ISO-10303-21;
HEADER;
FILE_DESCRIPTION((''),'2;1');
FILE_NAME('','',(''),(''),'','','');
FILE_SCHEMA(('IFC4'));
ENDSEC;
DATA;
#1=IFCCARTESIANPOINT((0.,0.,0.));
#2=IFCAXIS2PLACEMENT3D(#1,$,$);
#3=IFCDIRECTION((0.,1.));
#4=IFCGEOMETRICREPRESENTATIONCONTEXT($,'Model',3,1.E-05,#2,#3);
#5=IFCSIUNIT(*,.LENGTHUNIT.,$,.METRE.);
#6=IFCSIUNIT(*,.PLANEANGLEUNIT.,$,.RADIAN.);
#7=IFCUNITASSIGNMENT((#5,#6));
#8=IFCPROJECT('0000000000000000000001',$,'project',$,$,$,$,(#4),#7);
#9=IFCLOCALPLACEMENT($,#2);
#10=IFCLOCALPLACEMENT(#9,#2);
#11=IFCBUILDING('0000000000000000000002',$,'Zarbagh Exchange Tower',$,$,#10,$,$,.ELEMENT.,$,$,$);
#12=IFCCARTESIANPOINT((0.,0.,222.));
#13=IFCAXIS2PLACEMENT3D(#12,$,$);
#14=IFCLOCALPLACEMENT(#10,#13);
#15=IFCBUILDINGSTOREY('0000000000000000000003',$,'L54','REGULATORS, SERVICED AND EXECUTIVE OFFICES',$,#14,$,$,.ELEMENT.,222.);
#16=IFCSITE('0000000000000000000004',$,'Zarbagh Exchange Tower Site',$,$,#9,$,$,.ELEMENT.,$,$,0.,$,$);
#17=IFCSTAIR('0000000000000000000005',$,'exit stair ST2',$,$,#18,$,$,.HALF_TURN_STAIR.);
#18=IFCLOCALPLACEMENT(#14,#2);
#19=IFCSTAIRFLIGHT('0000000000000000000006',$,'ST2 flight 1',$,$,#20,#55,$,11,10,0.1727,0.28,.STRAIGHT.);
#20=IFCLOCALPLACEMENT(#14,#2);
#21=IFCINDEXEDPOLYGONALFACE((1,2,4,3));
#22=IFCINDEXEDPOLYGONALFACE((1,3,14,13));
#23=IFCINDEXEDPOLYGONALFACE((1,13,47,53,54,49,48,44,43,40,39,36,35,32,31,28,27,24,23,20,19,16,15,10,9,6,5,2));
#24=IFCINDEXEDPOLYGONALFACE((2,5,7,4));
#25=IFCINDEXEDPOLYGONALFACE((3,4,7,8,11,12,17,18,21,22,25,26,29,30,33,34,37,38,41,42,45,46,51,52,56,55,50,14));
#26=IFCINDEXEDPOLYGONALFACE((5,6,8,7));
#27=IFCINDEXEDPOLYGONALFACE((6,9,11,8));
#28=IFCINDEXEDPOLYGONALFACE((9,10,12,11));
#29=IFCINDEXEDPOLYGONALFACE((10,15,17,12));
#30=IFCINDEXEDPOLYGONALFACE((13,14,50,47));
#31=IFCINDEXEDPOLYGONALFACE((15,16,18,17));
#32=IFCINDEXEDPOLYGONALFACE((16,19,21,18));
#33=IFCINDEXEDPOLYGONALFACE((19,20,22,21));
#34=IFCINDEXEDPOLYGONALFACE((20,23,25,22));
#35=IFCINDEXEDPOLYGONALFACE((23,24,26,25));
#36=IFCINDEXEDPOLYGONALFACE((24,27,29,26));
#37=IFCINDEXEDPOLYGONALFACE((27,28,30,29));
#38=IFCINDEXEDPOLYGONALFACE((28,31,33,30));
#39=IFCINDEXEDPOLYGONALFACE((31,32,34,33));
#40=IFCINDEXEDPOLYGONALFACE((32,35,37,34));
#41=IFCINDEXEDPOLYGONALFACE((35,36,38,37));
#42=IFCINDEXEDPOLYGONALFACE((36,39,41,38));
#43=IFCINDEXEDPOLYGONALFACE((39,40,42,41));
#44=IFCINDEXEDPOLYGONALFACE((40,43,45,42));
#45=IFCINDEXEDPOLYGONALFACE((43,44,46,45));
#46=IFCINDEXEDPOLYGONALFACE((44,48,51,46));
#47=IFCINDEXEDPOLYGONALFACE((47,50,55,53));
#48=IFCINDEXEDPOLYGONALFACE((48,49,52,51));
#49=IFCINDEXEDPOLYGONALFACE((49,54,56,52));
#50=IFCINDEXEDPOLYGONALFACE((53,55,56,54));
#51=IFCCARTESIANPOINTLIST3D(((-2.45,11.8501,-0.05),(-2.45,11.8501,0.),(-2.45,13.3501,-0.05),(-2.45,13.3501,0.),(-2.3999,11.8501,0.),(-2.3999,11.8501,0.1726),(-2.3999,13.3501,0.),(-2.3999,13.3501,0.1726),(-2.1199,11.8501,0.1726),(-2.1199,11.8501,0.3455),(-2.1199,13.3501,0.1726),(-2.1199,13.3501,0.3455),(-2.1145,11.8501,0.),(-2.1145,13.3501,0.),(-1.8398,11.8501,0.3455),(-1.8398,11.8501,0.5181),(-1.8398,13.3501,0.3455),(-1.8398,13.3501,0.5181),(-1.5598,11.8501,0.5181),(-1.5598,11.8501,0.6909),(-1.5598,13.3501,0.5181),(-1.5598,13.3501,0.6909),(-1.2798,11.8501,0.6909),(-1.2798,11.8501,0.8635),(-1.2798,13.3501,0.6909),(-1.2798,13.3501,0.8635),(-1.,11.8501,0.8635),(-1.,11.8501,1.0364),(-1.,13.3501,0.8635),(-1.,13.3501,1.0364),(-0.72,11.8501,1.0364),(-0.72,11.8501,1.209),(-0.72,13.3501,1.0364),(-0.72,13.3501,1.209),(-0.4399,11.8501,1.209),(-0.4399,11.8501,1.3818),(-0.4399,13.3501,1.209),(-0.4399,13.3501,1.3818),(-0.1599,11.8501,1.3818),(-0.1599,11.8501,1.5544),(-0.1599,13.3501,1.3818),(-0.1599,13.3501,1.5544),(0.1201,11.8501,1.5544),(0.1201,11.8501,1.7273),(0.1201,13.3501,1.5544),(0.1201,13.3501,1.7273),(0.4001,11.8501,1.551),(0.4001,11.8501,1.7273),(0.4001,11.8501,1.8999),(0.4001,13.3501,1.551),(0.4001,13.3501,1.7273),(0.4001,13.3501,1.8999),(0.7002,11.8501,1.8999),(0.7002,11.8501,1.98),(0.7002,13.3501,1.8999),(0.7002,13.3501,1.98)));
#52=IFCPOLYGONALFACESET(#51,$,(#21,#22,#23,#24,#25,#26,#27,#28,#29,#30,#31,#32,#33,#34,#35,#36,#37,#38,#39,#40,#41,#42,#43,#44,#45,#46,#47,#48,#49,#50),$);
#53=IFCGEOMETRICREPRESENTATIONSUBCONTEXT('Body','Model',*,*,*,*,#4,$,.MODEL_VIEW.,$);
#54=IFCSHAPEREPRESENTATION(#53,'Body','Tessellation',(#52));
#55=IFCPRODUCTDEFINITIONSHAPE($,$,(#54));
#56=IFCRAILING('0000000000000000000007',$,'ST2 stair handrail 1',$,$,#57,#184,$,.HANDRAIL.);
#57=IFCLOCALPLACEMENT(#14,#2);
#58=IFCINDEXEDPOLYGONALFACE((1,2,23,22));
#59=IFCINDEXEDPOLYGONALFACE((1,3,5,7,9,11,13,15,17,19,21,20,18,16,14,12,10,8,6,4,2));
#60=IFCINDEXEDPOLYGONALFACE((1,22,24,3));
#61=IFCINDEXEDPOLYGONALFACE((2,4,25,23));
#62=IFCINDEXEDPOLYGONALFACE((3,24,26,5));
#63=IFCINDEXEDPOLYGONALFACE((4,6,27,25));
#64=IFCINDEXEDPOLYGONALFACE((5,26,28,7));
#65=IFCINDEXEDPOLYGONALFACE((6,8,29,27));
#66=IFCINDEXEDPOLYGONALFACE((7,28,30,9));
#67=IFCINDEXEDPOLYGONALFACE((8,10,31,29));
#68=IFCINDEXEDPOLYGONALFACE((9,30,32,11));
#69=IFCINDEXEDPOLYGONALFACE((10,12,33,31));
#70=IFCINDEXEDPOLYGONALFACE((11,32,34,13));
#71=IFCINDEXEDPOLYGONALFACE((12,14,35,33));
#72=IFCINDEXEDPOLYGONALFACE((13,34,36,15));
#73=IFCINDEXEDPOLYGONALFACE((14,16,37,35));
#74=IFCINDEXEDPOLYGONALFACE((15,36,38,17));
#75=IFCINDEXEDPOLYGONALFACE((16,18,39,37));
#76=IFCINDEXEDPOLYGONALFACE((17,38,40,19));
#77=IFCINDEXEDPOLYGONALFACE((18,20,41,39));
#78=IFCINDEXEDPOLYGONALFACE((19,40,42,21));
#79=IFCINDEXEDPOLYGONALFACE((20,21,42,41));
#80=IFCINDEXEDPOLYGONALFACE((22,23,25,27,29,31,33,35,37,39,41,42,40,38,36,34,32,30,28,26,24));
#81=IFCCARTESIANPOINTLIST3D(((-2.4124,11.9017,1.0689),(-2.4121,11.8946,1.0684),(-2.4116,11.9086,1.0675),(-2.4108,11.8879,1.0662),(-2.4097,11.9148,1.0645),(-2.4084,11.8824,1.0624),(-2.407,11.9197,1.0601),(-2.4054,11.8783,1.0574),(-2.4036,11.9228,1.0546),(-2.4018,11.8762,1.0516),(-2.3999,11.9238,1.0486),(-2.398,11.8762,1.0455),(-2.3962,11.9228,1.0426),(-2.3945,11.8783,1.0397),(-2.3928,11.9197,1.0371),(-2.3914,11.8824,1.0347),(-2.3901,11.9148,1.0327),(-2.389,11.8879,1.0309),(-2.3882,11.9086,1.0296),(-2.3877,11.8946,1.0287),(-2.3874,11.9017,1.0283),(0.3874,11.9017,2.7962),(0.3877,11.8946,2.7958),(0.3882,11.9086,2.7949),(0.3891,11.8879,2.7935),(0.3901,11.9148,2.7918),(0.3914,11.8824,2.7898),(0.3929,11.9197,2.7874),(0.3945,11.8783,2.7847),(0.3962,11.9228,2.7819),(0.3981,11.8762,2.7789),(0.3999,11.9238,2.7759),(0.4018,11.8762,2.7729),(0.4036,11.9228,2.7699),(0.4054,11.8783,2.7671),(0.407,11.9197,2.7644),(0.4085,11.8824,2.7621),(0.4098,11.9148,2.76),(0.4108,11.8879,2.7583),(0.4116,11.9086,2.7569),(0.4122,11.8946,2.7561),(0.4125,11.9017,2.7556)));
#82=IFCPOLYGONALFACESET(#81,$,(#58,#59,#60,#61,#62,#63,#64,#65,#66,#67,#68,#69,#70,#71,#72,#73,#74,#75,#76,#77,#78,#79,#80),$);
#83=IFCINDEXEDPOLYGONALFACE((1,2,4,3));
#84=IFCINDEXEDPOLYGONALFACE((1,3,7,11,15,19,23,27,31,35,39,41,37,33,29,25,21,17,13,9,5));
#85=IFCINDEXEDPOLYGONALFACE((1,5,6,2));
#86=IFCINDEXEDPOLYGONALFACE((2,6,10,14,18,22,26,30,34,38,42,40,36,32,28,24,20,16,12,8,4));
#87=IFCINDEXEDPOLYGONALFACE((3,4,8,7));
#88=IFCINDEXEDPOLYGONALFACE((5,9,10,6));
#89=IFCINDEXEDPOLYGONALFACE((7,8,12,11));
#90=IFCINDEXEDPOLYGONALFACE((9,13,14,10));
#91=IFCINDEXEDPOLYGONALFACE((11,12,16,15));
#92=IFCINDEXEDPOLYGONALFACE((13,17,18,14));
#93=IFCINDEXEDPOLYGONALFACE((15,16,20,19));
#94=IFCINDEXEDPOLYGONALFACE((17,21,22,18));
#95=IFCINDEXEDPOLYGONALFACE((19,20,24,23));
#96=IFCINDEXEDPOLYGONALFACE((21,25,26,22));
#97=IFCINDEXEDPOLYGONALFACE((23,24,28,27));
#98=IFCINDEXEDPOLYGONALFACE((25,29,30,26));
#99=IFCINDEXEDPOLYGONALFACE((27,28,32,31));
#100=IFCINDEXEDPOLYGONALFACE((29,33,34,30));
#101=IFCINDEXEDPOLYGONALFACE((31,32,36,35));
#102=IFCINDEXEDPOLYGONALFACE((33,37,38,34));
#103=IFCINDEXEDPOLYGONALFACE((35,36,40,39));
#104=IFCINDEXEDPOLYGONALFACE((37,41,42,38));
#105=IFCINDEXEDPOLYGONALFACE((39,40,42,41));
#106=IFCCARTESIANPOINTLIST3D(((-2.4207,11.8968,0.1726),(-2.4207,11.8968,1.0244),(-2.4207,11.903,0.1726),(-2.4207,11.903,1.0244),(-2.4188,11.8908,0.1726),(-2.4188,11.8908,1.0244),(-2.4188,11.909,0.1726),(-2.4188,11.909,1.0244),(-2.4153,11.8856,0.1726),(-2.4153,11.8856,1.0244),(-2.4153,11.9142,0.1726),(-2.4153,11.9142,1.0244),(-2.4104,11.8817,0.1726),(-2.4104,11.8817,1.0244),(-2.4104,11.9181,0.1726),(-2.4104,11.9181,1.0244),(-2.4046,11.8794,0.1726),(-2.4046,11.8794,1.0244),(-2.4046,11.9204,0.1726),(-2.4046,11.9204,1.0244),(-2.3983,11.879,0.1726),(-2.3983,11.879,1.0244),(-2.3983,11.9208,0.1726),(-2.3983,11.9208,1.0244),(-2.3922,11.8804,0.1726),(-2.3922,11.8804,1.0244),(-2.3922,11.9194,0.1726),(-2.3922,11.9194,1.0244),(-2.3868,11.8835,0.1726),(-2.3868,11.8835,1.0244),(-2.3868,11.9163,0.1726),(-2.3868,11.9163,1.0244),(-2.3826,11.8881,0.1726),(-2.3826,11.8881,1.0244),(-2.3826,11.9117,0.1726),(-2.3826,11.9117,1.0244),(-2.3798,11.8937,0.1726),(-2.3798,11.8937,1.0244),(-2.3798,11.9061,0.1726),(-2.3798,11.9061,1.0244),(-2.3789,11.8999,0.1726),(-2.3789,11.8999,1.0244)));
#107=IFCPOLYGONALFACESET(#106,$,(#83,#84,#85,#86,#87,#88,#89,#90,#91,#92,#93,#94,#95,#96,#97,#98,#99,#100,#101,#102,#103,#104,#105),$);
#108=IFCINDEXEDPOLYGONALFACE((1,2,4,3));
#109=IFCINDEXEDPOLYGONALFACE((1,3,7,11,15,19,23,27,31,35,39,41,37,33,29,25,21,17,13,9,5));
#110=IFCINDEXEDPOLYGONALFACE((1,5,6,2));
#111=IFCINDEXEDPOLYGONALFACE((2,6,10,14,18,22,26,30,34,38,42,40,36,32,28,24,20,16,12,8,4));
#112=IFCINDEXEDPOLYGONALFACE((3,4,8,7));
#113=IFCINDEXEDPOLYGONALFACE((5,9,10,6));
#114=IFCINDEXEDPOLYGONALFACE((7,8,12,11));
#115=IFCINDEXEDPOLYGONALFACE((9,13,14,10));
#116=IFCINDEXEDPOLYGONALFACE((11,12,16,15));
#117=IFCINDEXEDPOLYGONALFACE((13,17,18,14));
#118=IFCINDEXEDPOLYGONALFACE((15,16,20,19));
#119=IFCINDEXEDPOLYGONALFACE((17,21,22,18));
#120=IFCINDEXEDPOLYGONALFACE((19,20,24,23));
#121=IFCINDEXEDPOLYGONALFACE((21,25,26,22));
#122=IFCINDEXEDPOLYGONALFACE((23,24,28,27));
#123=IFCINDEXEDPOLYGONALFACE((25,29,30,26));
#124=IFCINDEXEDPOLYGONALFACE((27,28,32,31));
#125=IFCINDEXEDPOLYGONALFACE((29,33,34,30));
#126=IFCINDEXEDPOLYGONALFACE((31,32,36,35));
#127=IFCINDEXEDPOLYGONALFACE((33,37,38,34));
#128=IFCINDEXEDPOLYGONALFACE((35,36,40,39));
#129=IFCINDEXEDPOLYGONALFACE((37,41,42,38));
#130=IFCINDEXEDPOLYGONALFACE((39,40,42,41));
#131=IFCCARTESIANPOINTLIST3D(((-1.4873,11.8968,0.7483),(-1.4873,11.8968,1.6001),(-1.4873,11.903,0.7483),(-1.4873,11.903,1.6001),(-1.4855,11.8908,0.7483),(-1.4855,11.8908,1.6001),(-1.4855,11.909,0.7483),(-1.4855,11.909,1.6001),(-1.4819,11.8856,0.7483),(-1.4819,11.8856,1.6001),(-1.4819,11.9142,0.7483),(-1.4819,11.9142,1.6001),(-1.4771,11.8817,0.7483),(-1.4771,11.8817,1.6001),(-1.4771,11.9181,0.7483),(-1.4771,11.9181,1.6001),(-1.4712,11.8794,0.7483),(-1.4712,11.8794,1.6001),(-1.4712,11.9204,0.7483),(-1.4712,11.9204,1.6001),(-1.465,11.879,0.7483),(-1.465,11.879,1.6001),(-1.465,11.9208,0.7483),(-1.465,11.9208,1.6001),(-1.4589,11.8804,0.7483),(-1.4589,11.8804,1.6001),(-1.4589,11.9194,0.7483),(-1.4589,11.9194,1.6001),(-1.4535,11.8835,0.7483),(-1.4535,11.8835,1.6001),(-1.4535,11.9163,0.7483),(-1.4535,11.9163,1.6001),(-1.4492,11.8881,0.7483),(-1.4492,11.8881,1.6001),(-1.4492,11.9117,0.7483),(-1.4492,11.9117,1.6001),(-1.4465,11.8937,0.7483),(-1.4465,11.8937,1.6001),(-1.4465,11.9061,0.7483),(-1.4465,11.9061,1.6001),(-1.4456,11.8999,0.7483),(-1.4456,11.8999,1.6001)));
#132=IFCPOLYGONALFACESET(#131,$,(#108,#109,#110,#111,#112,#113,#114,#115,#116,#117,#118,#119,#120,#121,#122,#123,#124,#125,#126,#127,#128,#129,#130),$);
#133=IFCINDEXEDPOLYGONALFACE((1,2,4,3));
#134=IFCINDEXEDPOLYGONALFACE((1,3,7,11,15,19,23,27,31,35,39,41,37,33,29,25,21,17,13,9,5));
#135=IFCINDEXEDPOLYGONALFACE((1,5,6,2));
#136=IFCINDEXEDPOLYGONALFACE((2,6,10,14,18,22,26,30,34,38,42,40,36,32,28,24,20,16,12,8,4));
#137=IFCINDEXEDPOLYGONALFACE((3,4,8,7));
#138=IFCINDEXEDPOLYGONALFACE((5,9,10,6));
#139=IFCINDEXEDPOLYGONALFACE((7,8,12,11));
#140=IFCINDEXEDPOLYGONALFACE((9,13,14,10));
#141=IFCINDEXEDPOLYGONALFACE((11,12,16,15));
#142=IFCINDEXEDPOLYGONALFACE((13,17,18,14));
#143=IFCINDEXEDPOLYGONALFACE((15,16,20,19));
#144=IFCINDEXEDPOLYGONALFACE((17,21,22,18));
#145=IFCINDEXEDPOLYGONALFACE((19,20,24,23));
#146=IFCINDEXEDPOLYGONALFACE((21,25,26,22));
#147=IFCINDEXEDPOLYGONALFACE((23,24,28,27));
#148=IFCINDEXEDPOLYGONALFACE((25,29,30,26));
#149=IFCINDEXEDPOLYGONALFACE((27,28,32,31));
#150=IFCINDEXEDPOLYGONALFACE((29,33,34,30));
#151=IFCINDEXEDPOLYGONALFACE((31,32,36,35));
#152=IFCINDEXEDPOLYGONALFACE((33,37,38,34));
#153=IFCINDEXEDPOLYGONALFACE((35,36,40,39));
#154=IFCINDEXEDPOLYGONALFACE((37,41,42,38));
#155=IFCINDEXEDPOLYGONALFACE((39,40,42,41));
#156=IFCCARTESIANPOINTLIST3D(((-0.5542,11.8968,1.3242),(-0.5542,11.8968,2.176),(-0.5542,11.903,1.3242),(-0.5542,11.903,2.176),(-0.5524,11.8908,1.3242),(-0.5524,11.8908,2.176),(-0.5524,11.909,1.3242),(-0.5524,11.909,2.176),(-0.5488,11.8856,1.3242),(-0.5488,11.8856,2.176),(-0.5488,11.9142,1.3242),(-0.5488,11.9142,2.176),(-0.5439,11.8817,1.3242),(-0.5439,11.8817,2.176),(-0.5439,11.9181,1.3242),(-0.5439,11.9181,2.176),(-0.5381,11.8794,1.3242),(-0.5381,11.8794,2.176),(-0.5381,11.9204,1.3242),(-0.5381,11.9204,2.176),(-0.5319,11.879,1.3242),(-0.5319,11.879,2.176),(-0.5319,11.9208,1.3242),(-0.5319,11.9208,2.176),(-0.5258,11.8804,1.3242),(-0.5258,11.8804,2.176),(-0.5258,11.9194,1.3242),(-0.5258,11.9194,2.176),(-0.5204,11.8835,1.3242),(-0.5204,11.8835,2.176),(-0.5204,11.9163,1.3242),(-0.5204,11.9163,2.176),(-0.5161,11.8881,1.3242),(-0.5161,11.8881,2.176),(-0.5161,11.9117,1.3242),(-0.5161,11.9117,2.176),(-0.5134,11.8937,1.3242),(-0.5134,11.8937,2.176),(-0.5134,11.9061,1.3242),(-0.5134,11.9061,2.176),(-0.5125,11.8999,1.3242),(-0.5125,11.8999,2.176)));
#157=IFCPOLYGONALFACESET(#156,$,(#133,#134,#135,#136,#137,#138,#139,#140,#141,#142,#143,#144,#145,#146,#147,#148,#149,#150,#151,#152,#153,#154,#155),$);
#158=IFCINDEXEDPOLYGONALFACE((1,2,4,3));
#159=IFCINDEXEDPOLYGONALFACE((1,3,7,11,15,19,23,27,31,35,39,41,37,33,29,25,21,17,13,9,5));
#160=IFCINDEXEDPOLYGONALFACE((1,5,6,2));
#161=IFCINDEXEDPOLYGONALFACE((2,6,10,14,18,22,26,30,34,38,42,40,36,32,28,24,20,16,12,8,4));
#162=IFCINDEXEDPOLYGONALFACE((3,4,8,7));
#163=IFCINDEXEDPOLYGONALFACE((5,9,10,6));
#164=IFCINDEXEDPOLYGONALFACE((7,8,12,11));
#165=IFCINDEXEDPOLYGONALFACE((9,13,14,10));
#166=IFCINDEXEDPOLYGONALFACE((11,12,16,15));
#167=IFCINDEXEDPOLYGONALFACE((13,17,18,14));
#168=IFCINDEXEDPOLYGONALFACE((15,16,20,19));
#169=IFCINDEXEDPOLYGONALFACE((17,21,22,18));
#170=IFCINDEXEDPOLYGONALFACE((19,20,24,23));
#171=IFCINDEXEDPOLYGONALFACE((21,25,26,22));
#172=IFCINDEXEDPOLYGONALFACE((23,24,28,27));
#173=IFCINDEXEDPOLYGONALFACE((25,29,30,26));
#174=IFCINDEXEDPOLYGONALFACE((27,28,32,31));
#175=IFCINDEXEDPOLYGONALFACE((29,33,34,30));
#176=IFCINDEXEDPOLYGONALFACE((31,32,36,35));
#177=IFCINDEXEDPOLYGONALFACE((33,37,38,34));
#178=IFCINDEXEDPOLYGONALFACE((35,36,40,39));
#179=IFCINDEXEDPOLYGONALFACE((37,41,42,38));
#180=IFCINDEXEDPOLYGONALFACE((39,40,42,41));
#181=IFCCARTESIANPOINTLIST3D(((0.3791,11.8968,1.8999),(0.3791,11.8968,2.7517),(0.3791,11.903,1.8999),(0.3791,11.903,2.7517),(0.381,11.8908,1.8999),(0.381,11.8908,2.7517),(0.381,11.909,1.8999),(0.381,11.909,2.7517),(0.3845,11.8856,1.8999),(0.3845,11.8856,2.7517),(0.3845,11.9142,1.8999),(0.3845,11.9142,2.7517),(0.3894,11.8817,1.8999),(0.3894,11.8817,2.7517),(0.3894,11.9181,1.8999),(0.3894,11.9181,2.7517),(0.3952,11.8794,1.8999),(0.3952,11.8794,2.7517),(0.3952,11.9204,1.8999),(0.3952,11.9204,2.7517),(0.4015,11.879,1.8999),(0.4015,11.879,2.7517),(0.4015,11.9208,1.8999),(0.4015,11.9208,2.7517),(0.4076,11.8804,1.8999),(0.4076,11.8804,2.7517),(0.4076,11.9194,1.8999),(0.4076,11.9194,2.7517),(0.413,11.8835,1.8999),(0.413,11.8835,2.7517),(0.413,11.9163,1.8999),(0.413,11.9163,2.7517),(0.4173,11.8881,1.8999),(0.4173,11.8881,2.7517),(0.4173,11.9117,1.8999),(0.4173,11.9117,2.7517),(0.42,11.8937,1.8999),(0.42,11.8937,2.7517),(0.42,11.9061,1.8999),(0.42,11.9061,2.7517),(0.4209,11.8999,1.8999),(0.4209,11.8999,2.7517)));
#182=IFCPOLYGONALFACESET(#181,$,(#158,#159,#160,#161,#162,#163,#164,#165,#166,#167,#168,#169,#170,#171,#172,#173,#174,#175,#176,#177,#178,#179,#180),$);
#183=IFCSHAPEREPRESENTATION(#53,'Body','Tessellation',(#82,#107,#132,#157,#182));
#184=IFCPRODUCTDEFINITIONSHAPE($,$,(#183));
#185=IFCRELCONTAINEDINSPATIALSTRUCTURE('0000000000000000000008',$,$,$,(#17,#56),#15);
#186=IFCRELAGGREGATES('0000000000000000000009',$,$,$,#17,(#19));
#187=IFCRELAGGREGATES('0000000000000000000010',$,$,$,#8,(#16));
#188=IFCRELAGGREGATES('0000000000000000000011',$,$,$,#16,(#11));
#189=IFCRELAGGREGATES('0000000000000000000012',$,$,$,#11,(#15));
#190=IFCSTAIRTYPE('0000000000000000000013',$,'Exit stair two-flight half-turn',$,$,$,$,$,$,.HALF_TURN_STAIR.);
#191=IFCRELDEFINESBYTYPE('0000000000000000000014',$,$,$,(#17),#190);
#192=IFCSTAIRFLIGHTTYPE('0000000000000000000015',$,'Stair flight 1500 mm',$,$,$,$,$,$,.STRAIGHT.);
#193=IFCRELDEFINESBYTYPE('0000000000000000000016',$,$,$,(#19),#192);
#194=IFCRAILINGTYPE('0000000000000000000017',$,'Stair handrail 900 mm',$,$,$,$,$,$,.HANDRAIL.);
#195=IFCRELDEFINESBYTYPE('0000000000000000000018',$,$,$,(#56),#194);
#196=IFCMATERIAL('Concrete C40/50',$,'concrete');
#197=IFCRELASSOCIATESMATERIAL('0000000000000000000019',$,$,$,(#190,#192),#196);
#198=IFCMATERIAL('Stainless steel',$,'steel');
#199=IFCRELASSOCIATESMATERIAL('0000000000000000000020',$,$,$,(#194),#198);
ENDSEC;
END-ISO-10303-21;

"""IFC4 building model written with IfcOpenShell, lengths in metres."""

from ifc_helpers import new_model, si_unit, direction, frame, origin, origin_2d, place, context, subcontext, project, spatial, polyline, circle, outline, extrude, material, type_object, element, aggregate, save


model = new_model("IFC4")

# Units and contexts
model_context = context("Model", 3, precision=1e-05, world=origin(), true_north=direction((0.0, 1.0)))
body_context = subcontext(model_context, "Body", "Model", "MODEL_VIEW")
ifc_project = project(units=[si_unit("LENGTHUNIT", "METRE"), si_unit("PLANEANGLEUNIT", "RADIAN")], contexts=[model_context])

# Site, building, storey
site_placement = place(None, origin())
site = spatial("IfcSite", under=ifc_project, at=site_placement, Name="Zarbagh Exchange Tower Site", CompositionType="ELEMENT", RefElevation=0.0)
building_placement = place(site_placement, origin())
building = spatial("IfcBuilding", under=site, at=building_placement, Name="Zarbagh Exchange Tower", CompositionType="ELEMENT")
storey_placement = place(building_placement, frame((0.0, 0.0, 222.0)))
storey = spatial("IfcBuildingStorey", under=building, at=storey_placement, Name="L54", Description="REGULATORS, SERVICED AND EXECUTIVE OFFICES", CompositionType="ELEMENT", Elevation=222.0)

# Shared definitions
ifc_material_1 = material(Name="Concrete C40/50", Category="concrete")

# Stair, stair flight
stair_type = type_object("IfcStairType", Name="Exit stair two-flight half-turn", PredefinedType="HALF_TURN_STAIR", material=ifc_material_1)
stair_placement = place(storey_placement, origin())
stair = element("IfcStair", 1, at=stair_placement, inside=storey, type_object=stair_type, Name="exit stair ST2", PredefinedType="HALF_TURN_STAIR")
stair_flight_type = type_object("IfcStairFlightType", Name="Stair flight 1500 mm", PredefinedType="STRAIGHT", material=ifc_material_1)
stair_flight_placement = place(storey_placement, frame((-2.3999, 12.6001, 0.0), z_axis=(0.0, 0.0, 1.0), x_axis=(1.0, 0.0, 0.0)))
stair_flight = element("IfcStairFlight", 2, at=stair_flight_placement, type_object=stair_flight_type, Name="ST2 flight 1", NumberOfRisers=11, NumberOfTreads=10, PredefinedType="STRAIGHT", RiserHeight=0.1727, TreadLength=0.28, context=body_context, shape_type="SweptSolid", body=[
    extrude(outline(polyline([(-0.05, -0.05), (-0.05, 0.0), (0.0, 0.0), (0.0, 0.1726), (0.28, 0.1726), (0.28, 0.3455), (0.5601, 0.3455), (0.5601, 0.5181), (0.8401, 0.5181), (0.8401, 0.6909), (1.1201, 0.6909), (1.1201, 0.8635), (1.3999, 0.8635), (1.3999, 1.0364), (1.6799, 1.0364), (1.6799, 1.209), (1.96, 1.209), (1.96, 1.3818), (2.24, 1.3818), (2.24, 1.5544), (2.52, 1.5544), (2.52, 1.7273), (2.8, 1.7273), (2.8, 1.8999), (3.1001, 1.98), (3.1001, 1.8999), (2.8, 1.551), (0.2854, 0.0), (-0.05, -0.05)])), frame((0.0, 0.75, 0.0), z_axis=(0.0, -1.0, 0.0), x_axis=(1.0, 0.0, 0.0)), (0.0, 0.0, 1.0), 1.5),
])
aggregate(stair, [stair_flight])

# Railing
ifc_material_2 = material(Name="Stainless steel", Category="steel")
railing_type_1 = type_object("IfcRailingType", Name="Stair handrail 900 mm", PredefinedType="HANDRAIL", material=ifc_material_2)
railing_1_placement = place(storey_placement, frame((-2.3999, 11.8999, 0.1726)))
element("IfcRailing", 3, at=railing_1_placement, inside=storey, type_object=railing_type_1, Name="ST2 stair handrail 1", PredefinedType="HANDRAIL", context=body_context, shape_type="SweptSolid", body=[
    extrude(circle(Radius=0.0239, at=origin_2d()), frame((0.0, 0.0, 0.876), z_axis=(0.851069, 0.0, 0.525054), x_axis=(0.0, 1.0, 0.0)), (0.0, 0.0, 1.0), 3.2898),
    extrude(circle(Radius=0.021, at=origin_2d()), origin(), (0.0, 0.0, 1.0), 0.8518),
    extrude(circle(Radius=0.021, at=origin_2d()), frame((0.9333, 0.0, 0.5757)), (0.0, 0.0, 1.0), 0.8518),
    extrude(circle(Radius=0.021, at=origin_2d()), frame((1.8665, 0.0, 1.1516)), (0.0, 0.0, 1.0), 0.8518),
    extrude(circle(Radius=0.021, at=origin_2d()), frame((2.7998, 0.0, 1.7273)), (0.0, 0.0, 1.0), 0.8518),
])

save(model, "model.ifc")
